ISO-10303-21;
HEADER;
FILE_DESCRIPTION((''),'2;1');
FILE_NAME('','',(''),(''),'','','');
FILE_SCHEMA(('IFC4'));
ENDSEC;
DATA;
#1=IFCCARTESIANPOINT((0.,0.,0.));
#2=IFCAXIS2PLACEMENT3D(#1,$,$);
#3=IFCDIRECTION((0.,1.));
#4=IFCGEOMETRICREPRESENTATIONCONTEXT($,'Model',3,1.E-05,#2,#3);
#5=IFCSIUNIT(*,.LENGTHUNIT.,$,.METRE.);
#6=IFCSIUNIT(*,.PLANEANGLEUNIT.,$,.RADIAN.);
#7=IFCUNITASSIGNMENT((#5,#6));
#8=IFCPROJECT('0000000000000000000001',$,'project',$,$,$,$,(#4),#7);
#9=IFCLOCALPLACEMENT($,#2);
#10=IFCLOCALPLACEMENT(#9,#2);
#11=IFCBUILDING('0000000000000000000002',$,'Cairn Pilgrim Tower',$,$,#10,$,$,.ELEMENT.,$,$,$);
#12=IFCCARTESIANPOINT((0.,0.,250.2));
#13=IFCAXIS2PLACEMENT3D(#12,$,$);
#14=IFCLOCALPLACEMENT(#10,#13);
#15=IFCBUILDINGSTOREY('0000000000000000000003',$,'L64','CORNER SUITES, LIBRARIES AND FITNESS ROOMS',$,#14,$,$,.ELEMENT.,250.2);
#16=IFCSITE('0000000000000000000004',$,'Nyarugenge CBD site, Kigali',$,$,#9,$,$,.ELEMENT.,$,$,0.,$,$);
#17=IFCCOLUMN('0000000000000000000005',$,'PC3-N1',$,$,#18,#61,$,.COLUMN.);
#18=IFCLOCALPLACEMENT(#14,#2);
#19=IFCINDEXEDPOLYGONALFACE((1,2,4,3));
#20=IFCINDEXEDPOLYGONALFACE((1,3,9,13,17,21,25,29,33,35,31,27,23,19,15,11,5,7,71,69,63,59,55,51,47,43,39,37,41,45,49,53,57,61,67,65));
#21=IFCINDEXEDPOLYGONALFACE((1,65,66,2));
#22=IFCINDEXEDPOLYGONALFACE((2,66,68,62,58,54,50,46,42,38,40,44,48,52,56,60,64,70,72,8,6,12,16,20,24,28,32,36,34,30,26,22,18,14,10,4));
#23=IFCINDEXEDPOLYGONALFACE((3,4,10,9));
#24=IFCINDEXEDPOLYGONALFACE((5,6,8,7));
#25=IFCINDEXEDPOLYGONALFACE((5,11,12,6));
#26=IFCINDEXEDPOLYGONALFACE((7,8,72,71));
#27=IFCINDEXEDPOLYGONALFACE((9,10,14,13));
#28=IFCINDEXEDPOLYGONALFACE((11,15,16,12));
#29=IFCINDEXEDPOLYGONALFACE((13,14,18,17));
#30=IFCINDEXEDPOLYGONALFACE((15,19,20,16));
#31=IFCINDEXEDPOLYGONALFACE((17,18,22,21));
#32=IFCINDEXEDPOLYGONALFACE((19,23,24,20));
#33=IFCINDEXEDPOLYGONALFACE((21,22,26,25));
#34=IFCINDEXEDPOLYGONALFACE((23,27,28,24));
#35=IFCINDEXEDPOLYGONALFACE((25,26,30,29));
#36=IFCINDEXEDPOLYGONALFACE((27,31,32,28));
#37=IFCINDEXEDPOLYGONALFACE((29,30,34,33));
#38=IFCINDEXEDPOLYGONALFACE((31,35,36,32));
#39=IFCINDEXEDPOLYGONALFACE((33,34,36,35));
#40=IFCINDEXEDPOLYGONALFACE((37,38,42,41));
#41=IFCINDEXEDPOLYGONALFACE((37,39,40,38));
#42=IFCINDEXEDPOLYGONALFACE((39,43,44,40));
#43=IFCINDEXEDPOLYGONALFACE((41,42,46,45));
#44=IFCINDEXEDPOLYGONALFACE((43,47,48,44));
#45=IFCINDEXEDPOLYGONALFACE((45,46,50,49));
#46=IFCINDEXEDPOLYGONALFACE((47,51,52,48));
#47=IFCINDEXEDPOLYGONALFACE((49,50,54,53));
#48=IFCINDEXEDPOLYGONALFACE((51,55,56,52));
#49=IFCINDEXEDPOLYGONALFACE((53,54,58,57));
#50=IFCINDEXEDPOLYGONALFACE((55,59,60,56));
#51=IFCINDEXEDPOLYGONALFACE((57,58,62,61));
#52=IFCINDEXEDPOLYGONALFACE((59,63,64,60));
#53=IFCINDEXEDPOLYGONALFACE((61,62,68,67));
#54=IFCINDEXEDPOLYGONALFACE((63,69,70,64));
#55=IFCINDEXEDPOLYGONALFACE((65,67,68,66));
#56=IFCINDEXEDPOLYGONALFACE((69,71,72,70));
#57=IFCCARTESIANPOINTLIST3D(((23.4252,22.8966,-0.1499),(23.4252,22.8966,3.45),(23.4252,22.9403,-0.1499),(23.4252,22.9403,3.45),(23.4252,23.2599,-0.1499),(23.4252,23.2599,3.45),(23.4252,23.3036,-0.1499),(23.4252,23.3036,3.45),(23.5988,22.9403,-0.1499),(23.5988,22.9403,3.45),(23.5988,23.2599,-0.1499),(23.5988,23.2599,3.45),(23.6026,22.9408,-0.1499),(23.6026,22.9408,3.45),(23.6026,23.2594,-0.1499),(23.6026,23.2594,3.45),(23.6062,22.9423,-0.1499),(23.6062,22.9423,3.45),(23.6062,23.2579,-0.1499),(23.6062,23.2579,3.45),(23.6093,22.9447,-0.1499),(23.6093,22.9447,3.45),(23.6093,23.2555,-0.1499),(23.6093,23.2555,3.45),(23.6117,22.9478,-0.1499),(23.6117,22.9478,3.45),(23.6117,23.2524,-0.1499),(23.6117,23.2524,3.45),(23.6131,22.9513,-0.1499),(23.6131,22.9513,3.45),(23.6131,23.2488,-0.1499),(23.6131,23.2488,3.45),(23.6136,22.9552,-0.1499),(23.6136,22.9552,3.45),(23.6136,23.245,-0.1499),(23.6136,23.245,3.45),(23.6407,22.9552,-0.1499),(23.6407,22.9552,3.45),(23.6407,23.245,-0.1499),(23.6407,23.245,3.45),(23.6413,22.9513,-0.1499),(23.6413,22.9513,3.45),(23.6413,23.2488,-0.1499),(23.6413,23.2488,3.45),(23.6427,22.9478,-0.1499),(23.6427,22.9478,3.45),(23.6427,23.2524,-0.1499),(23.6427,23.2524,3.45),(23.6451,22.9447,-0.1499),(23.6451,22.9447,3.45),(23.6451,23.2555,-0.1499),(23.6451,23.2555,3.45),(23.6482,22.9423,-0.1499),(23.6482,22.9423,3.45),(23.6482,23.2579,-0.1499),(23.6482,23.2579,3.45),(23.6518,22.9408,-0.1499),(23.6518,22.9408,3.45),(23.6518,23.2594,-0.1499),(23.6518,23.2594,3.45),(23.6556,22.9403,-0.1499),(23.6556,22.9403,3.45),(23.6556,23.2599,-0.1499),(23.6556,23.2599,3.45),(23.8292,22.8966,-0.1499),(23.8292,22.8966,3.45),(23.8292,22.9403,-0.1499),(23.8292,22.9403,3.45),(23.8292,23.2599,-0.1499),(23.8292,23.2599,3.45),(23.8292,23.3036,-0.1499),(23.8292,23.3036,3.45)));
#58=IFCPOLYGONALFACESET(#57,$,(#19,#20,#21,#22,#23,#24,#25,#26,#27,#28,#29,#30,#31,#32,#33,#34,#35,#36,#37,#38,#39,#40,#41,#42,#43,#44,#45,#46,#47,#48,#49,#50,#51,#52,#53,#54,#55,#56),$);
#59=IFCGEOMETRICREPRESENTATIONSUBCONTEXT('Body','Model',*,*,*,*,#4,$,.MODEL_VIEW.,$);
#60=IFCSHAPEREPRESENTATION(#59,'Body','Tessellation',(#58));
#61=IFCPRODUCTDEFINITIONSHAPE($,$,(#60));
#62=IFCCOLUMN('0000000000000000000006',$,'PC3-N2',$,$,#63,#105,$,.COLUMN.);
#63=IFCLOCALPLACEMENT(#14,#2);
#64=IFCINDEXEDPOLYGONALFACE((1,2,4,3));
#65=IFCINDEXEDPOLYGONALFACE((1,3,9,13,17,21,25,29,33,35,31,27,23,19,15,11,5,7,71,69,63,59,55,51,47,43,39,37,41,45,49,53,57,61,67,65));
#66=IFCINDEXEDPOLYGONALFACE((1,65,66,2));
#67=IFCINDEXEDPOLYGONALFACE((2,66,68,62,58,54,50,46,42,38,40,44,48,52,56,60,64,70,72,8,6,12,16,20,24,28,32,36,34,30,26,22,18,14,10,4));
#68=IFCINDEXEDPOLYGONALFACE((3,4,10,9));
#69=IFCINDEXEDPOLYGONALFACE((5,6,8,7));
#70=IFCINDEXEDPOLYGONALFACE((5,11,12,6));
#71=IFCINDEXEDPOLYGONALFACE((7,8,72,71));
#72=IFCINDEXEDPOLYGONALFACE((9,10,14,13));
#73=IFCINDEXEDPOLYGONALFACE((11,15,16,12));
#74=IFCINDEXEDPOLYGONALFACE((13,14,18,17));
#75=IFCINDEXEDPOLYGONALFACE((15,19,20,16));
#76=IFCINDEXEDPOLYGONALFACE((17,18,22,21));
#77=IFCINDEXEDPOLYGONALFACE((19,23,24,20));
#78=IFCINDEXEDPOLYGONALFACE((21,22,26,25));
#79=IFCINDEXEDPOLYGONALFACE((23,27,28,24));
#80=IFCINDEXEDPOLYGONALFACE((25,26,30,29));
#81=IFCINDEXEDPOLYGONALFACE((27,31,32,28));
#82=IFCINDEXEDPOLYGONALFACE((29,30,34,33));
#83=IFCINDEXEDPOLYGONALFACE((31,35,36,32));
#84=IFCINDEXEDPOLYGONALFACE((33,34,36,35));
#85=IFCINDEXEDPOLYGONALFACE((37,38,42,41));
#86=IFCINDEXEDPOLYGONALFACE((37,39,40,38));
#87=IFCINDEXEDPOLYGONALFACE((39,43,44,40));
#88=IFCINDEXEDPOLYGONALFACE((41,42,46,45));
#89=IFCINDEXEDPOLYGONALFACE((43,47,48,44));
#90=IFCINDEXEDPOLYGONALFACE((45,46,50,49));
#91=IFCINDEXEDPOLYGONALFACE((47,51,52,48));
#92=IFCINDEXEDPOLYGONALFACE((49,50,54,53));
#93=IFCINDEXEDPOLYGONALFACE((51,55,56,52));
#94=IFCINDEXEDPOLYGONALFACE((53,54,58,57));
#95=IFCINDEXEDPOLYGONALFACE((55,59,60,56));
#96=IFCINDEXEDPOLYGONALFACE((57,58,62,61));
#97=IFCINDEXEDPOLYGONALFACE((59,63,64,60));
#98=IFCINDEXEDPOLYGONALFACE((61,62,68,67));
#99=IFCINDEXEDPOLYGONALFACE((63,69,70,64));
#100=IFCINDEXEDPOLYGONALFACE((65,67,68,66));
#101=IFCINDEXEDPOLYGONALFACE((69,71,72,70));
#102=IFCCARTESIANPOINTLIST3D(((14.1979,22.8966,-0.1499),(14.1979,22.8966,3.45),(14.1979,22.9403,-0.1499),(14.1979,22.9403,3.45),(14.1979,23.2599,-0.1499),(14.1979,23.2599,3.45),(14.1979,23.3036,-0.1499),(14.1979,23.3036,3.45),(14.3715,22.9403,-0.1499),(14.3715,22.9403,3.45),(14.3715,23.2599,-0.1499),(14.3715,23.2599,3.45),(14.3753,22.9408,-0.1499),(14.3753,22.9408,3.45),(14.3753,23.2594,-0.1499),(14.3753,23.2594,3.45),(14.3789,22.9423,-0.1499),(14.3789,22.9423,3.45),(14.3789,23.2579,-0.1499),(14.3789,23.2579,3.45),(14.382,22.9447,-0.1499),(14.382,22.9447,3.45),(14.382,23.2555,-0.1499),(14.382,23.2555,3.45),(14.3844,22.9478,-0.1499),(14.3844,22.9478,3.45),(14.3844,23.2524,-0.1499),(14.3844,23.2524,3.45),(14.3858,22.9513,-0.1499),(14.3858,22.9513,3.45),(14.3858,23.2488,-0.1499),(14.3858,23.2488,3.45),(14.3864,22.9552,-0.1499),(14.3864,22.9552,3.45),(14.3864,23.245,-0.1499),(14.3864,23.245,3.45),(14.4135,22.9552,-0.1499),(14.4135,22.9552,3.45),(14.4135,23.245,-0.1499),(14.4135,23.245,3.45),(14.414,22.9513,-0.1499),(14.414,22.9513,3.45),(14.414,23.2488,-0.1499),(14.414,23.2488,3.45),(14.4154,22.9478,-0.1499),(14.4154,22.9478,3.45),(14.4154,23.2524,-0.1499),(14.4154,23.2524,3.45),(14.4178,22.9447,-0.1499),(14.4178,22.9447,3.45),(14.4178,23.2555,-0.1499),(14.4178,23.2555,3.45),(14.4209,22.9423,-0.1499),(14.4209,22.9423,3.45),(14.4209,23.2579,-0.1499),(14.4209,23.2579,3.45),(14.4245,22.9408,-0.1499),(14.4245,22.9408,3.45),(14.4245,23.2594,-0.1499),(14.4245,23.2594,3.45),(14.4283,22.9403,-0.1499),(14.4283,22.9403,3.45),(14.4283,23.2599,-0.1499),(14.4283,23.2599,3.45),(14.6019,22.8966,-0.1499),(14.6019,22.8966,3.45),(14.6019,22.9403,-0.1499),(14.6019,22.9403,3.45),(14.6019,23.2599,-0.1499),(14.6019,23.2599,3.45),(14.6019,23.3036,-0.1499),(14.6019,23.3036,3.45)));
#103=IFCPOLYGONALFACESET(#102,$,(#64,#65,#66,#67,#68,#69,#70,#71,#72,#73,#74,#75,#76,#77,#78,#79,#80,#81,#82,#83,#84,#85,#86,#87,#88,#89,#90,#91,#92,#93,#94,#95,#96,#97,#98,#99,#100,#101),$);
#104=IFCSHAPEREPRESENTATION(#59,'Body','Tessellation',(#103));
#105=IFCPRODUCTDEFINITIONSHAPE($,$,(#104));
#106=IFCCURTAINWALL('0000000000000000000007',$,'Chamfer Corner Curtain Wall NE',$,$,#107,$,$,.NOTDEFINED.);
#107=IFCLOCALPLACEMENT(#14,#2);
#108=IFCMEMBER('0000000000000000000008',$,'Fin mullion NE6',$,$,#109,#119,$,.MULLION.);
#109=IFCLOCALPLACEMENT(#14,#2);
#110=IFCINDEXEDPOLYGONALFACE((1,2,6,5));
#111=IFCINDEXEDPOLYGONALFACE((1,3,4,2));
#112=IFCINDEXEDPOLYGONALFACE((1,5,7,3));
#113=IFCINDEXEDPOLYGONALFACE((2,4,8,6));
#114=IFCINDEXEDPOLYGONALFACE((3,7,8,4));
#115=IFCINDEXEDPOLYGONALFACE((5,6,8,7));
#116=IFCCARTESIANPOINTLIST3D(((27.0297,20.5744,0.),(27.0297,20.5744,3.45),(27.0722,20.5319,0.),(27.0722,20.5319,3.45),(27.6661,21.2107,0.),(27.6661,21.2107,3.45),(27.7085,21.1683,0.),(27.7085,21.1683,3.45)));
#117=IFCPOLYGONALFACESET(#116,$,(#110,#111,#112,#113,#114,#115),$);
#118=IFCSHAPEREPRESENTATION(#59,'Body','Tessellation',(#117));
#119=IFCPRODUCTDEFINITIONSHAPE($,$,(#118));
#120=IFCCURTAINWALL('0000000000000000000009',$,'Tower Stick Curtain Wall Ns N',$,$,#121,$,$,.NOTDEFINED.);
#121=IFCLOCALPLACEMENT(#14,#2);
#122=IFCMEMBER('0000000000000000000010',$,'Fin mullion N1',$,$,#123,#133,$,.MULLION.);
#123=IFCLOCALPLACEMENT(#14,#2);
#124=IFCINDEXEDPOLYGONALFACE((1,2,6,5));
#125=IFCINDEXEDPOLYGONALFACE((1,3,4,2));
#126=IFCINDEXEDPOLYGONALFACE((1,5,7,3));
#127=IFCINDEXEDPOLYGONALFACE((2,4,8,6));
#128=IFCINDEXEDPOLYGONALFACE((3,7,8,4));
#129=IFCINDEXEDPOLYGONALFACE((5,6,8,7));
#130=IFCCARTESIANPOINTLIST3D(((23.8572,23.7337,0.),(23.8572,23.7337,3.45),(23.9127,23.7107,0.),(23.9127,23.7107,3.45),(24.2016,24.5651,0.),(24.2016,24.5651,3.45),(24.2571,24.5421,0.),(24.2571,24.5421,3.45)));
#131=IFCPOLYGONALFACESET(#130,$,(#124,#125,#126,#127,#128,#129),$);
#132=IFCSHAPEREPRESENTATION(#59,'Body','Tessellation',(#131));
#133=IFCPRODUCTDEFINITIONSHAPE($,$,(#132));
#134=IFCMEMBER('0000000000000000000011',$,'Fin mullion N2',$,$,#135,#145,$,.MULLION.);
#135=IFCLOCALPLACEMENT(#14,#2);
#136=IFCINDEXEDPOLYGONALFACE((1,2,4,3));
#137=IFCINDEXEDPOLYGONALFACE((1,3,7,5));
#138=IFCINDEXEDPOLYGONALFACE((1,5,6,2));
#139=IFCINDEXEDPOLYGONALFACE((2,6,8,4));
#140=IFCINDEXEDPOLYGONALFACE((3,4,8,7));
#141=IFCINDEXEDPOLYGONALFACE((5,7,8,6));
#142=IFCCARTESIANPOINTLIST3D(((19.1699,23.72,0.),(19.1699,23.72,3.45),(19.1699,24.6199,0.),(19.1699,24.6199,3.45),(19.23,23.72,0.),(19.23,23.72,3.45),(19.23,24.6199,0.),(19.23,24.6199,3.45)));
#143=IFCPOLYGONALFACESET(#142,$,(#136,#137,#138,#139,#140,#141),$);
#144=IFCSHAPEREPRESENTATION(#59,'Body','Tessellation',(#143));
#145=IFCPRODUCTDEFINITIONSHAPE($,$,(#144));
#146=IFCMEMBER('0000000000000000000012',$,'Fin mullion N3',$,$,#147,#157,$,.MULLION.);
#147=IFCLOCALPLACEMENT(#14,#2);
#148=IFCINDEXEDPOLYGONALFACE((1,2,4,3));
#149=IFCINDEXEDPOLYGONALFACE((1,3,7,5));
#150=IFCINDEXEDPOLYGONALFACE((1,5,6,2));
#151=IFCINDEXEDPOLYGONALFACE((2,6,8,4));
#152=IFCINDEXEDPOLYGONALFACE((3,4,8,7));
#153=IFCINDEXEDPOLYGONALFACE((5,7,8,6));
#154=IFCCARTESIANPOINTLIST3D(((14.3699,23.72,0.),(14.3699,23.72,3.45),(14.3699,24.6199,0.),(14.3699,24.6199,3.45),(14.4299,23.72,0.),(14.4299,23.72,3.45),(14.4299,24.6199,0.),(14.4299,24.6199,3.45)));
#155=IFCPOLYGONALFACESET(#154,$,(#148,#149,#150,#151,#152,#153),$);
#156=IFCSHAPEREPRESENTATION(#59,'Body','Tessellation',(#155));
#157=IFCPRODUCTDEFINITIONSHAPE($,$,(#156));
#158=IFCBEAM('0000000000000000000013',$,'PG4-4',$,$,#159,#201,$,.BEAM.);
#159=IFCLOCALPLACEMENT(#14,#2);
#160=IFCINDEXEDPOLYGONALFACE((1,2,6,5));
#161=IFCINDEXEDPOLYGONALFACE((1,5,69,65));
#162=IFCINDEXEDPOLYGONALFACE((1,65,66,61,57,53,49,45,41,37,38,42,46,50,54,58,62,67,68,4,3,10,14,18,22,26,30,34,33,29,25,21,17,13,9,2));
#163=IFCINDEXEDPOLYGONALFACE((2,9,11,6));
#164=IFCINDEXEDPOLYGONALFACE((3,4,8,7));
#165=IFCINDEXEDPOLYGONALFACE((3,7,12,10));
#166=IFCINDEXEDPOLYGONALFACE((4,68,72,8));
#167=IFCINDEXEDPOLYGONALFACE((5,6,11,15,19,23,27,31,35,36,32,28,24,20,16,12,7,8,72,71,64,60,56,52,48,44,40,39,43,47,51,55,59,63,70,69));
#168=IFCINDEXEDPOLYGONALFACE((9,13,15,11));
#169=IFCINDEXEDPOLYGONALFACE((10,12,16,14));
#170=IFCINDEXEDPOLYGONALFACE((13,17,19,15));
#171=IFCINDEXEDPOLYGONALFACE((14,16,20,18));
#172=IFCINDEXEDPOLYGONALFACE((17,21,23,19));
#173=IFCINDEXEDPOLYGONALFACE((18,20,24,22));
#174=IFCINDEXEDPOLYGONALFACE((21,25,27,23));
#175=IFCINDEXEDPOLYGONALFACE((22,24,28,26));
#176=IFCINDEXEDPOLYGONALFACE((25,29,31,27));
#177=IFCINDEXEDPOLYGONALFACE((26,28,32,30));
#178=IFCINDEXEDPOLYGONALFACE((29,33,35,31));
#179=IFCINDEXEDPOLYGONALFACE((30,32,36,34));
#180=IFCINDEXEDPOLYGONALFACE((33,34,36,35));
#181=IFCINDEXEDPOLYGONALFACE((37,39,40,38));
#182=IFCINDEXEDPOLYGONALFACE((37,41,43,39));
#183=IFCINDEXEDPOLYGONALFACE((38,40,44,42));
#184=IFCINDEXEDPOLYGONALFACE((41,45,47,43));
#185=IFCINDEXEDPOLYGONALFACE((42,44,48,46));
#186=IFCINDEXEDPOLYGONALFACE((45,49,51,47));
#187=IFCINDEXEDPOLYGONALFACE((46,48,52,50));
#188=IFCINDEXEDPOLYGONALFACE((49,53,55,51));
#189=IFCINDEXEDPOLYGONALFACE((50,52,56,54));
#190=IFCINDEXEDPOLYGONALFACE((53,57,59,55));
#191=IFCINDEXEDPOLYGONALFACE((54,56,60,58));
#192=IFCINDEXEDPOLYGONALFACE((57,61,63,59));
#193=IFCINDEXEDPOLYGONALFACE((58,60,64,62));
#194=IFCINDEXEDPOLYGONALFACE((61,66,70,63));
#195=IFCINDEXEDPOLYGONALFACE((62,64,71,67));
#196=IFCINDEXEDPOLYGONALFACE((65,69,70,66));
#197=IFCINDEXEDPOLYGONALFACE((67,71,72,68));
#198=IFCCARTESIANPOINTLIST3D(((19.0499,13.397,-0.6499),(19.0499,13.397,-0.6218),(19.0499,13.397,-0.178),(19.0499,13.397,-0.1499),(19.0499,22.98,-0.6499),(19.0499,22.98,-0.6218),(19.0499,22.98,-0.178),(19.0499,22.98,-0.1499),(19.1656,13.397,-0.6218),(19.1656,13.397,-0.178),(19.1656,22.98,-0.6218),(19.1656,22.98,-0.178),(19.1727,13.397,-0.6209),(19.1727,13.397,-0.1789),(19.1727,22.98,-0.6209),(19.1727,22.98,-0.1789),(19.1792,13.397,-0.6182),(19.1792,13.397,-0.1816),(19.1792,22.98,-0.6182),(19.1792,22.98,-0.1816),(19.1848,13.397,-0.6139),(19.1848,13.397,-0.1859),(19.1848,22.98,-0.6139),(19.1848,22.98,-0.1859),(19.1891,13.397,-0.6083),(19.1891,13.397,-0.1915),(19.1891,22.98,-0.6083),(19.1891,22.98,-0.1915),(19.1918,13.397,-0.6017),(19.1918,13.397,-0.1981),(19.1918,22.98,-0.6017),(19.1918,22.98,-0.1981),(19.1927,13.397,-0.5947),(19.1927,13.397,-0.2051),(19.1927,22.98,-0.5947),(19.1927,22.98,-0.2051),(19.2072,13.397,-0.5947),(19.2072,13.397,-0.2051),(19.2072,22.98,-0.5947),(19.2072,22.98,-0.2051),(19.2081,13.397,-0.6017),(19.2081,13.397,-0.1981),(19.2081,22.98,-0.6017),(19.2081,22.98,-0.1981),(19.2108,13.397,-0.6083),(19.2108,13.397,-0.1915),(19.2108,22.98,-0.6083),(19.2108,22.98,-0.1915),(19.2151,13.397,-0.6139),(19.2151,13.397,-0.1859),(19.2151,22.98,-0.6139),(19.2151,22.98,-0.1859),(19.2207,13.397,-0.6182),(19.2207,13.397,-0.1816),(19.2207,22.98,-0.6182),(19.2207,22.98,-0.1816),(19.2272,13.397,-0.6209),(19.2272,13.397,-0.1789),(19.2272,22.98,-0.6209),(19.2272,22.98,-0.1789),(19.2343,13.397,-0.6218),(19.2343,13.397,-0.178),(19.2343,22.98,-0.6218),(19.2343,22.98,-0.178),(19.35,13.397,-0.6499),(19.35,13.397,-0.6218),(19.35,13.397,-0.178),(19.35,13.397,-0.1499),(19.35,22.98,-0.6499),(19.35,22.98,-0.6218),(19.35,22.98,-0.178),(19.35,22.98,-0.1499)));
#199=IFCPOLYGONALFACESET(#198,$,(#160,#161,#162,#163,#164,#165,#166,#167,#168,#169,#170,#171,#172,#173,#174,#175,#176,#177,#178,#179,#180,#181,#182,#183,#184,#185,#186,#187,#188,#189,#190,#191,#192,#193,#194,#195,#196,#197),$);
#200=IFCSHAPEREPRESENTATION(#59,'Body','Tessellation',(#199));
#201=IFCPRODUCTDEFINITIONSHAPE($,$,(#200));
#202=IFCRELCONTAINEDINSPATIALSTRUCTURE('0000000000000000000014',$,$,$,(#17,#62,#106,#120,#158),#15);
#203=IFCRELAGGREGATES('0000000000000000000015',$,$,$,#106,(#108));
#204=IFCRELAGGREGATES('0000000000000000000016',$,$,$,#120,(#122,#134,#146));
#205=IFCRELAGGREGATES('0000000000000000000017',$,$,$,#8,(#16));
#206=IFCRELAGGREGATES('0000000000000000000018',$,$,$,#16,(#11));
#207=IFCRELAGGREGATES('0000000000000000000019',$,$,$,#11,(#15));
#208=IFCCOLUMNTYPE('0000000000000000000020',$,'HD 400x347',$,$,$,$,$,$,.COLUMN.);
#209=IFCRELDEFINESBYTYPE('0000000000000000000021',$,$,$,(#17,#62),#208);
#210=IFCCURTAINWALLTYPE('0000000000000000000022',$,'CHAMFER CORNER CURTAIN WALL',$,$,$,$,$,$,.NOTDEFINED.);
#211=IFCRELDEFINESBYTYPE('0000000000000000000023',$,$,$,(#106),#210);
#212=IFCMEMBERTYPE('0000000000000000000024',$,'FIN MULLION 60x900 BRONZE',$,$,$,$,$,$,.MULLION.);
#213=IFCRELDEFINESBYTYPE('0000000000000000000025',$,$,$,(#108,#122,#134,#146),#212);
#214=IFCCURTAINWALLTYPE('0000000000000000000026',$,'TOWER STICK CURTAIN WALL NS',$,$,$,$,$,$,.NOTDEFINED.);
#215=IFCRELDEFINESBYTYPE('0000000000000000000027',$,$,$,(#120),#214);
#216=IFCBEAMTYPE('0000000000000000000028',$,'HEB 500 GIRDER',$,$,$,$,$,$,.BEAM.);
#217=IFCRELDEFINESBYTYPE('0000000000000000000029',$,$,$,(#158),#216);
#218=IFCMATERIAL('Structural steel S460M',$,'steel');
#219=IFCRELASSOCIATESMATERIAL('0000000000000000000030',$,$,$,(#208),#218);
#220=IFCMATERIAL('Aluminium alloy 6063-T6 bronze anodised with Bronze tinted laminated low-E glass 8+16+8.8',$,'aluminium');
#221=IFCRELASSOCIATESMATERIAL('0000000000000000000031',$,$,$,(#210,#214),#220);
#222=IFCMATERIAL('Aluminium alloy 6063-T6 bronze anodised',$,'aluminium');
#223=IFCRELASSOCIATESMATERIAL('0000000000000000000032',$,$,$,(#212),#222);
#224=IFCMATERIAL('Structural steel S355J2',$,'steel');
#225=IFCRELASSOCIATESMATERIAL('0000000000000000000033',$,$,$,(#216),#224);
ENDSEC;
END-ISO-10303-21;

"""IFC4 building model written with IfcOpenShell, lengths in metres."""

from ifc_helpers import new_model, si_unit, direction, frame, origin, origin_2d, place, context, subcontext, project, spatial, rectangle, i_section, extrude, material, material_profile, profile_set, type_object, element, aggregate, save


model = new_model("IFC4")

# Units and contexts
model_context = context("Model", 3, precision=1e-05, world=origin(), true_north=direction((0.0, 1.0)))
body_context = subcontext(model_context, "Body", "Model", "MODEL_VIEW")
ifc_project = project(units=[si_unit("LENGTHUNIT", "METRE"), si_unit("PLANEANGLEUNIT", "RADIAN")], contexts=[model_context])

# Site, building, storey
site_placement = place(None, origin())
site = spatial("IfcSite", under=ifc_project, at=site_placement, Name="Nyarugenge CBD site, Kigali", CompositionType="ELEMENT", RefElevation=0.0)
building_placement = place(site_placement, origin())
building = spatial("IfcBuilding", under=site, at=building_placement, Name="Cairn Pilgrim Tower", CompositionType="ELEMENT")
storey_placement = place(building_placement, frame((0.0, 0.0, 250.2)))
storey = spatial("IfcBuildingStorey", under=building, at=storey_placement, Name="L64", Description="CORNER SUITES, LIBRARIES AND FITNESS ROOMS", CompositionType="ELEMENT", Elevation=250.2)

# Columns
ifc_material_1 = material(Name="Structural steel S460M", Category="steel")
ifc_material_profile_1 = material_profile(ifc_material_1, i_section(OverallWidth=0.4041, OverallDepth=0.407, WebThickness=0.0271, FlangeThickness=0.0437, FilletRadius=0.0149, at=origin_2d()), Name="HD 400x347")
ifc_profile_set_1 = profile_set([ifc_material_profile_1], Name="Structural steel S460M")
column_type = type_object("IfcColumnType", Name="HD 400x347", PredefinedType="COLUMN", material=ifc_profile_set_1)
for number, where, z_axis, x_axis, name in (
    (1, (23.6272, 23.1001, -0.1499), (0.0, 0.0, 1.0), (1.0, 0.0, 0.0), "PC3-N1"),
    (2, (14.3999, 23.1001, -0.1499), (0.0, 0.0, 1.0), (1.0, 0.0, 0.0), "PC3-N2"),
):
    element("IfcColumn", number, at=place(storey_placement, frame(where, z_axis=z_axis, x_axis=x_axis)), inside=storey, type_object=column_type, Name=name, PredefinedType="COLUMN", context=body_context, shape_type="SweptSolid", body=[
        extrude(i_section(OverallWidth=0.4041, OverallDepth=0.407, WebThickness=0.0271, FlangeThickness=0.0437, FilletRadius=0.0149, at=origin_2d()), origin(), (0.0, 0.0, 1.0), 3.5999),
    ])

# Curtain wall, member
ifc_material_2 = material(Name="Aluminium alloy 6063-T6 bronze anodised with Bronze tinted laminated low-E glass 8+16+8.8", Category="aluminium")
curtain_wall_type_1 = type_object("IfcCurtainWallType", Name="CHAMFER CORNER CURTAIN WALL", PredefinedType="NOTDEFINED", material=ifc_material_2)
curtain_wall_1_placement = place(storey_placement, origin())
curtain_wall_1 = element("IfcCurtainWall", 3, at=curtain_wall_1_placement, inside=storey, type_object=curtain_wall_type_1, Name="Chamfer Corner Curtain Wall NE", PredefinedType="NOTDEFINED")
ifc_material_3 = material(Name="Aluminium alloy 6063-T6 bronze anodised", Category="aluminium")
ifc_material_profile_2 = material_profile(ifc_material_3, rectangle(XDim=0.8999, YDim=0.0601, at=origin_2d()), Name="FIN MULLION 60x900 BRONZE")
ifc_profile_set_2 = profile_set([ifc_material_profile_2], Name="Aluminium alloy 6063-T6 bronze anodised")
member_type_1 = type_object("IfcMemberType", Name="FIN MULLION 60x900 BRONZE", PredefinedType="MULLION", material=ifc_profile_set_2)
member_1_placement = place(storey_placement, frame((27.3691, 20.8713, 0.0), z_axis=(0.0, 0.0, 1.0), x_axis=(0.707107, 0.707107, 0.0)))
member_1 = element("IfcMember", 4, at=member_1_placement, type_object=member_type_1, Name="Fin mullion NE6", PredefinedType="MULLION", context=body_context, shape_type="SweptSolid", body=[
    extrude(rectangle(XDim=0.8999, YDim=0.0601, at=origin_2d()), origin(), (0.0, 0.0, 1.0), 3.45),
])
aggregate(curtain_wall_1, [member_1])

# Curtain wall, members
curtain_wall_type_2 = type_object("IfcCurtainWallType", Name="TOWER STICK CURTAIN WALL NS", PredefinedType="NOTDEFINED", material=ifc_material_2)
curtain_wall_2_placement = place(storey_placement, origin())
curtain_wall_2 = element("IfcCurtainWall", 5, at=curtain_wall_2_placement, inside=storey, type_object=curtain_wall_type_2, Name="Tower Stick Curtain Wall Ns N", PredefinedType="NOTDEFINED")
member_2_placement = place(storey_placement, frame((24.0571, 24.1379, 0.0), z_axis=(0.0, 0.0, 1.0), x_axis=(0.382683, 0.92388, 0.0)))
member_2 = element("IfcMember", 6, at=member_2_placement, type_object=member_type_1, Name="Fin mullion N1", PredefinedType="MULLION", context=body_context, shape_type="SweptSolid", body=[
    extrude(rectangle(XDim=0.8999, YDim=0.0601, at=origin_2d()), origin(), (0.0, 0.0, 1.0), 3.45),
])
member_3_placement = place(storey_placement, frame((19.2, 24.1699, 0.0), z_axis=(0.0, 0.0, 1.0), x_axis=(0.0, 1.0, 0.0)))
member_3 = element("IfcMember", 7, at=member_3_placement, type_object=member_type_1, Name="Fin mullion N2", PredefinedType="MULLION", context=body_context, shape_type="SweptSolid", body=[
    extrude(rectangle(XDim=0.8999, YDim=0.0601, at=origin_2d()), origin(), (0.0, 0.0, 1.0), 3.45),
])
member_4_placement = place(storey_placement, frame((14.3999, 24.1699, 0.0), z_axis=(0.0, 0.0, 1.0), x_axis=(0.0, 1.0, 0.0)))
member_4 = element("IfcMember", 8, at=member_4_placement, type_object=member_type_1, Name="Fin mullion N3", PredefinedType="MULLION", context=body_context, shape_type="SweptSolid", body=[
    extrude(rectangle(XDim=0.8999, YDim=0.0601, at=origin_2d()), origin(), (0.0, 0.0, 1.0), 3.45),
])

# Beam
ifc_material_4 = material(Name="Structural steel S355J2", Category="steel")
ifc_material_profile_3 = material_profile(ifc_material_4, i_section(OverallWidth=0.3, OverallDepth=0.5, WebThickness=0.0144, FlangeThickness=0.0281, FilletRadius=0.0271, at=origin_2d()), Name="HEB 500")
ifc_profile_set_3 = profile_set([ifc_material_profile_3], Name="Structural steel S355J2")
beam_type_1 = type_object("IfcBeamType", Name="HEB 500 GIRDER", PredefinedType="BEAM", material=ifc_profile_set_3)
beam_1_placement = place(storey_placement, frame((19.2, 13.397, -0.3999), z_axis=(0.0, 1.0, 0.0), x_axis=(-1.0, 0.0, 0.0)))
element("IfcBeam", 9, at=beam_1_placement, inside=storey, type_object=beam_type_1, Name="PG4-4", PredefinedType="BEAM", context=body_context, shape_type="SweptSolid", body=[
    extrude(i_section(OverallWidth=0.3, OverallDepth=0.5, WebThickness=0.0144, FlangeThickness=0.0281, FilletRadius=0.0271, at=origin_2d()), origin(), (0.0, 0.0, 1.0), 9.583),
])

aggregate(curtain_wall_2, [member_2, member_3, member_4])

save(model, "model.ifc")
